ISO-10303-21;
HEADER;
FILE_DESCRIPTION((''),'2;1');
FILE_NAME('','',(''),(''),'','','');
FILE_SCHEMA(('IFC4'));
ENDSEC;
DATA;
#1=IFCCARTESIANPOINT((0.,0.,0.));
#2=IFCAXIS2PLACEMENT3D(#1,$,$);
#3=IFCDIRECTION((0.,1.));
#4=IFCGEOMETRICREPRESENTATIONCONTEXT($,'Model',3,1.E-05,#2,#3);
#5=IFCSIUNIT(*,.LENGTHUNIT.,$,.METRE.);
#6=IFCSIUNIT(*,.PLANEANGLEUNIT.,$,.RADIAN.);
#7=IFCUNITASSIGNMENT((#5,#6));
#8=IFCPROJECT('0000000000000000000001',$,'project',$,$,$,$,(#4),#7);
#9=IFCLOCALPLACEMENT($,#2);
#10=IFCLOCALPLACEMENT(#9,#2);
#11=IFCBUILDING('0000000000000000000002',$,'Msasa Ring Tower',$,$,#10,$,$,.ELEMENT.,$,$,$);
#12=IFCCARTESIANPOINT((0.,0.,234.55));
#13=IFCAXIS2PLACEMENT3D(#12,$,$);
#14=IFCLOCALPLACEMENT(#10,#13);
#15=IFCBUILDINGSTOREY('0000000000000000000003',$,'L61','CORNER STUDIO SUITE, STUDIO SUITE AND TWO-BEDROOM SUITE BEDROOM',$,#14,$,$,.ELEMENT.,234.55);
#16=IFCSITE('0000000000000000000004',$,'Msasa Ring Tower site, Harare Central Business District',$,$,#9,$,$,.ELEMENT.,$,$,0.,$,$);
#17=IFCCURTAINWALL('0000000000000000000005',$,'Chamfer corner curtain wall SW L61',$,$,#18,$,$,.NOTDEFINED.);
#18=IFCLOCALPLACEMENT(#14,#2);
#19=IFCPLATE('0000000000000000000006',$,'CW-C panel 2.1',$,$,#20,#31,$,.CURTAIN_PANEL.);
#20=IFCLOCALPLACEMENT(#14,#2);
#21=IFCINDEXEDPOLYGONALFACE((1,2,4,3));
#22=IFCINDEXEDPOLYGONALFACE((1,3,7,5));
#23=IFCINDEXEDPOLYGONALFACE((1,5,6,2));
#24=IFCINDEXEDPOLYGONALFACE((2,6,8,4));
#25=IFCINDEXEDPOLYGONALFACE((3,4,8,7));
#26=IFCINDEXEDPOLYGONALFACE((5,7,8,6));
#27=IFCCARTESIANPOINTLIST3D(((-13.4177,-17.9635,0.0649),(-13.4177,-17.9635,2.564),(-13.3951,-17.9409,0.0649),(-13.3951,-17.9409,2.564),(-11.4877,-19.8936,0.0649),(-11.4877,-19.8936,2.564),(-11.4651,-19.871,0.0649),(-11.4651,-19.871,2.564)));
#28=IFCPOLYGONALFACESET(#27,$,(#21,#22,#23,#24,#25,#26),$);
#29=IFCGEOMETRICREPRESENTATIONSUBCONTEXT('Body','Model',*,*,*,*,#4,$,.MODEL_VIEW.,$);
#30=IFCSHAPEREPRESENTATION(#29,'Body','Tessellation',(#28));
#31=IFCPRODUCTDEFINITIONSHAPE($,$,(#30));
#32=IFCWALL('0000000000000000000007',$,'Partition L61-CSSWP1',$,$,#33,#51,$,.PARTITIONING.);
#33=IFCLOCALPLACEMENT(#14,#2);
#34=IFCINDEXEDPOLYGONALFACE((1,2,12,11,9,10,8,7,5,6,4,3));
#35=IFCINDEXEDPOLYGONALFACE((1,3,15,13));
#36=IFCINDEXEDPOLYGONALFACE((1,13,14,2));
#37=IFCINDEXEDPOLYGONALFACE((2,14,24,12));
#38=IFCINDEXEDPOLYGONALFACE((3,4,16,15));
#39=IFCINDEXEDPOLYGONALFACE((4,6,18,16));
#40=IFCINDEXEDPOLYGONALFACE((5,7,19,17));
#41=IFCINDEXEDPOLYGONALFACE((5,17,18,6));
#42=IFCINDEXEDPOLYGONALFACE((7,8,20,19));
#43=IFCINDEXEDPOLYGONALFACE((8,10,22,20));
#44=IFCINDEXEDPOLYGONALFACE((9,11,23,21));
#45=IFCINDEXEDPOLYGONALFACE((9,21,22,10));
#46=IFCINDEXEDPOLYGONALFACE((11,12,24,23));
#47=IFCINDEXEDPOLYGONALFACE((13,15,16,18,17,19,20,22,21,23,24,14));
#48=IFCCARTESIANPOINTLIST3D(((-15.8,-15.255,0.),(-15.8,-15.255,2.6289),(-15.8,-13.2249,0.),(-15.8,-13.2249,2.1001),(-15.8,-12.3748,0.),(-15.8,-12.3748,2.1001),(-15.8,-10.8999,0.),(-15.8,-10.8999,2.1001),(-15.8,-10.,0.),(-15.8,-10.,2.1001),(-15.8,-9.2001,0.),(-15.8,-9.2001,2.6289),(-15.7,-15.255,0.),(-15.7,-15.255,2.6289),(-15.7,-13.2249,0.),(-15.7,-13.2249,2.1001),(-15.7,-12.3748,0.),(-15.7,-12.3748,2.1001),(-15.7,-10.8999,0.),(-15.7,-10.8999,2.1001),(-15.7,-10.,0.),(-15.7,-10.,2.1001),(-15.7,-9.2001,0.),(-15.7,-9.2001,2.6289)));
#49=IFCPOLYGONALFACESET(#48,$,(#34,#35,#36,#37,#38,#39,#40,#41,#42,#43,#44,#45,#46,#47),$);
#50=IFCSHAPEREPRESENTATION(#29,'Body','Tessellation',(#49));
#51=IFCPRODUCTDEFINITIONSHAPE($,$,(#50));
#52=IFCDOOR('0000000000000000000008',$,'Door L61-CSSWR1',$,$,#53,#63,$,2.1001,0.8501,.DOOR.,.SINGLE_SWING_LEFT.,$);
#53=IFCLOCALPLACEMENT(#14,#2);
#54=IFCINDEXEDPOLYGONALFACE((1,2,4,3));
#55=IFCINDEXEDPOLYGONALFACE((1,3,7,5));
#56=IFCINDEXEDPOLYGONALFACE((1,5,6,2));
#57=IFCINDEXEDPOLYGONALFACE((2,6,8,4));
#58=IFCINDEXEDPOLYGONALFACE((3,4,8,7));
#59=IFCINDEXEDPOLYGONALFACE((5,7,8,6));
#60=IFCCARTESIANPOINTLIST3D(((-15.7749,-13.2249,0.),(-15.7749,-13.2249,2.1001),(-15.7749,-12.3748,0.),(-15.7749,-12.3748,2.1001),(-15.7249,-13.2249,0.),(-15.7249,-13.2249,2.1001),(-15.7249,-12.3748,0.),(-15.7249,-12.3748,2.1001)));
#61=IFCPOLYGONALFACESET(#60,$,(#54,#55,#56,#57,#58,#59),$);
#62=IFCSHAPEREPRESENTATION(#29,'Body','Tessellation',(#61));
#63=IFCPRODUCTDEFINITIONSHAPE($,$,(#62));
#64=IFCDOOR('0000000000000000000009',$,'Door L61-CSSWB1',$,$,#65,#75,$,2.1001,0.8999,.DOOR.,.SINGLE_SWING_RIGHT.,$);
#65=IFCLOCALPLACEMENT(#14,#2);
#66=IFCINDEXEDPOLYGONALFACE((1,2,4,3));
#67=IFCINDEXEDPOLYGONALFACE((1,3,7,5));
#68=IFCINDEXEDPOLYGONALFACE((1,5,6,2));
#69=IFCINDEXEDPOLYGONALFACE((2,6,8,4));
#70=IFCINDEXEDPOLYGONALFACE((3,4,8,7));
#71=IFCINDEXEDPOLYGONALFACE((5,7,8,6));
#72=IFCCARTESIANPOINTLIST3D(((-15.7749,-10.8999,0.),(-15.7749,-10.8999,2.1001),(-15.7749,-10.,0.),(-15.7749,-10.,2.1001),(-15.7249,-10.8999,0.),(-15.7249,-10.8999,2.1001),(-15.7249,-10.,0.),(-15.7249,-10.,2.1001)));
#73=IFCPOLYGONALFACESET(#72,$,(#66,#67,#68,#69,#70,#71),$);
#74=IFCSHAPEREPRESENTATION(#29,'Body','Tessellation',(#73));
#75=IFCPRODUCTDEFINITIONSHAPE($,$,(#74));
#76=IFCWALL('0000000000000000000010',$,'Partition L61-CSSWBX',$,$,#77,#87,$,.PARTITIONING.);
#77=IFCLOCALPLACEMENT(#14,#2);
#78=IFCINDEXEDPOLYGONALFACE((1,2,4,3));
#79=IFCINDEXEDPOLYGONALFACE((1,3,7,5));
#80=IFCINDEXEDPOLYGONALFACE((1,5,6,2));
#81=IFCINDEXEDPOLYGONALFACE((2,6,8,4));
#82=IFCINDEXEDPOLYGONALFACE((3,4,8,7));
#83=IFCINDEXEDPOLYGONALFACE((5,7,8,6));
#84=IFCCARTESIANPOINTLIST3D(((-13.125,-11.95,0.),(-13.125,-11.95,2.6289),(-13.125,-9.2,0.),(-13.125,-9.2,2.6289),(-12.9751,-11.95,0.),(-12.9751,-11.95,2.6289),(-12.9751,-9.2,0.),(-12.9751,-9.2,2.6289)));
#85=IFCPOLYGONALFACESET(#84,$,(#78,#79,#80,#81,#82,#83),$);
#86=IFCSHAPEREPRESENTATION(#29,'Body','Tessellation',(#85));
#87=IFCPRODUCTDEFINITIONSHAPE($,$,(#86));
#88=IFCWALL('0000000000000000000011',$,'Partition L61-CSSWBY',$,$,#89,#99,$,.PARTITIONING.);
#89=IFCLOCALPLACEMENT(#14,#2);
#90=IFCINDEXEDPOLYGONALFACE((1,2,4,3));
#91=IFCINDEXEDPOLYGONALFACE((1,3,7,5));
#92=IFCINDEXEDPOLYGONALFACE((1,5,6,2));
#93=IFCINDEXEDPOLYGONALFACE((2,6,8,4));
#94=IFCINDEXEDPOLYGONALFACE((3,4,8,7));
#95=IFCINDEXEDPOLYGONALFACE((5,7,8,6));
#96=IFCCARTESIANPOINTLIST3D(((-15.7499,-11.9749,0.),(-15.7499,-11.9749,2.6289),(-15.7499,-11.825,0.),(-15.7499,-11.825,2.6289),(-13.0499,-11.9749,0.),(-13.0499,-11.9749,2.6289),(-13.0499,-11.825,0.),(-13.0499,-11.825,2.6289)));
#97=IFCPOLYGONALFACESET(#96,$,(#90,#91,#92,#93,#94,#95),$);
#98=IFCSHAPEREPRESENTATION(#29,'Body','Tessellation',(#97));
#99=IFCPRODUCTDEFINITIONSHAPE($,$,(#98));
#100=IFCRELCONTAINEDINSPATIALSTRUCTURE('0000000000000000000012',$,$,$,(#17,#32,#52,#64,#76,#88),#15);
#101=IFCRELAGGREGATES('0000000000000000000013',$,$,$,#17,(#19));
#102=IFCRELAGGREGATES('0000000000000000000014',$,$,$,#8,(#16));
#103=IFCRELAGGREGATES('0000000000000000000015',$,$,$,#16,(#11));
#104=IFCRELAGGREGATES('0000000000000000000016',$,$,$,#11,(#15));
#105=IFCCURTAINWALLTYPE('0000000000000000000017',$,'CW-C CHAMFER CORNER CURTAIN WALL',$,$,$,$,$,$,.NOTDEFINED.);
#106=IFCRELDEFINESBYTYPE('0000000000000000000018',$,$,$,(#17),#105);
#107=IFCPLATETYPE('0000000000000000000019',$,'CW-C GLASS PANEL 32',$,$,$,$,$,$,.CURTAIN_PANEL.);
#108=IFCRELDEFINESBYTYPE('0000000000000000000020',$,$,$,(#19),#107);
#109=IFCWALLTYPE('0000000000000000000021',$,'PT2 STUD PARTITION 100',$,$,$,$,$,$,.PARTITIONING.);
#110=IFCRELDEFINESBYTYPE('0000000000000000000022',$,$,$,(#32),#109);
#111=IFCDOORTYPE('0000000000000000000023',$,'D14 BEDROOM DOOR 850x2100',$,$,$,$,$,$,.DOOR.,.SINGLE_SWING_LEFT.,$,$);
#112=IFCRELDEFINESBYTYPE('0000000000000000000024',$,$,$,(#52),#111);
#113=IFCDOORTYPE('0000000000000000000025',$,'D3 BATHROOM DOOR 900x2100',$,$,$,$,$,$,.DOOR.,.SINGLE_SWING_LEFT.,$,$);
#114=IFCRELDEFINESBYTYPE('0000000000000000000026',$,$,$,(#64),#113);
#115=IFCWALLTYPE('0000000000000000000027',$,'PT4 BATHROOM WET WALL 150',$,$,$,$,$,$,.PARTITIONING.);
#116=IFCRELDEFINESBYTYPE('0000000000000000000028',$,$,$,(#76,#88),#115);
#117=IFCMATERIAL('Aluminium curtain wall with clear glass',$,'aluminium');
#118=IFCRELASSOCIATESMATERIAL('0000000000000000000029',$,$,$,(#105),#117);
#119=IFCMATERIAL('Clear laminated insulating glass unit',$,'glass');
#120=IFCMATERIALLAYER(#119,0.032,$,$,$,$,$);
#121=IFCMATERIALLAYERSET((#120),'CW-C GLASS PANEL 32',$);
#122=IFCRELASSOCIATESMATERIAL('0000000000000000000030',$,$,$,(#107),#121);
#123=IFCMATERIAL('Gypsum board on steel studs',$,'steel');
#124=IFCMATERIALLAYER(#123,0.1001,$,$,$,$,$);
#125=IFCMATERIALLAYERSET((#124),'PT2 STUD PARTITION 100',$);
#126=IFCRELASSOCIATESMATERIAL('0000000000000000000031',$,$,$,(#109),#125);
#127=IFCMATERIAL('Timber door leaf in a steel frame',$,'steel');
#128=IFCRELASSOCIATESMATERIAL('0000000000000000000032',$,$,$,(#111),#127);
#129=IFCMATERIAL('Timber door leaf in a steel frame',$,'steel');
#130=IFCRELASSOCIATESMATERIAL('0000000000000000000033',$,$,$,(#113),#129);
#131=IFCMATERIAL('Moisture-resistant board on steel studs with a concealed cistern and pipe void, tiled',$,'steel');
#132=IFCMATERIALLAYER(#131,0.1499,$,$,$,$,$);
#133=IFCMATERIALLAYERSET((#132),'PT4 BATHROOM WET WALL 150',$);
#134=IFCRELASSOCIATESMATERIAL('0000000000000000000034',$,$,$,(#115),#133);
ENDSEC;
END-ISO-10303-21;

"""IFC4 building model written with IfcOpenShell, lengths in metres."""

from ifc_helpers import new_model, si_unit, direction, frame, frame_2d, origin, origin_2d, place, context, subcontext, project, spatial, rectangle, extrude, material, layer, layer_set, type_object, element, fill, aggregate, save


model = new_model("IFC4")

# Units and contexts
model_context = context("Model", 3, precision=1e-05, world=origin(), true_north=direction((0.0, 1.0)))
body_context = subcontext(model_context, "Body", "Model", "MODEL_VIEW")
ifc_project = project(units=[si_unit("LENGTHUNIT", "METRE"), si_unit("PLANEANGLEUNIT", "RADIAN")], contexts=[model_context])

# Site, building, storey
site_placement = place(None, origin())
site = spatial("IfcSite", under=ifc_project, at=site_placement, Name="Msasa Ring Tower site, Harare Central Business District", CompositionType="ELEMENT", RefElevation=0.0)
building_placement = place(site_placement, origin())
building = spatial("IfcBuilding", under=site, at=building_placement, Name="Msasa Ring Tower", CompositionType="ELEMENT")
storey_placement = place(building_placement, frame((0.0, 0.0, 234.55)))
storey = spatial("IfcBuildingStorey", under=building, at=storey_placement, Name="L61", Description="CORNER STUDIO SUITE, STUDIO SUITE AND TWO-BEDROOM SUITE BEDROOM", CompositionType="ELEMENT", Elevation=234.55)

# Curtain wall
ifc_material_1 = material(Name="Aluminium curtain wall with clear glass", Category="aluminium")
curtain_wall_type = type_object("IfcCurtainWallType", Name="CW-C CHAMFER CORNER CURTAIN WALL", PredefinedType="NOTDEFINED", material=ifc_material_1)
curtain_wall_1_placement = place(storey_placement, origin())
curtain_wall_1 = element("IfcCurtainWall", 1, at=curtain_wall_1_placement, inside=storey, type_object=curtain_wall_type, Name="Chamfer corner curtain wall SW L61", PredefinedType="NOTDEFINED")

# Plate
ifc_material_2 = material(Name="Clear laminated insulating glass unit", Category="glass")
ifc_layer_1 = layer(ifc_material_2, 0.032)
ifc_layer_set_1 = layer_set([ifc_layer_1], Name="CW-C GLASS PANEL 32")
plate_type = type_object("IfcPlateType", Name="CW-C GLASS PANEL 32", PredefinedType="CURTAIN_PANEL", material=ifc_layer_set_1)
plate_1_placement = place(storey_placement, frame((-12.4414, -18.9172, 0.0649), z_axis=(0.0, 0.0, 1.0), x_axis=(0.707107, -0.707107, 0.0)))
plate_1 = element("IfcPlate", 2, at=plate_1_placement, type_object=plate_type, Name="CW-C panel 2.1", PredefinedType="CURTAIN_PANEL", context=body_context, shape_type="SweptSolid", body=[
    extrude(rectangle(XDim=2.7295, YDim=0.032, at=origin_2d()), origin(), (0.0, 0.0, 1.0), 2.499),
])
aggregate(curtain_wall_1, [plate_1])

# Wall, openings, doors
ifc_material_3 = material(Name="Gypsum board on steel studs", Category="steel")
ifc_layer_2 = layer(ifc_material_3, 0.1001)
ifc_layer_set_2 = layer_set([ifc_layer_2], Name="PT2 STUD PARTITION 100")
wall_type_1 = type_object("IfcWallType", Name="PT2 STUD PARTITION 100", PredefinedType="PARTITIONING", material=ifc_layer_set_2)
wall_1_placement = place(storey_placement, frame((-15.75, -15.2549, 0.0), z_axis=(0.0, 0.0, 1.0), x_axis=(0.0, 1.0, 0.0)))
wall_1 = element("IfcWall", 3, at=wall_1_placement, inside=storey, type_object=wall_type_1, Name="Partition L61-CSSWP1", PredefinedType="PARTITIONING", context=body_context, shape_type="SweptSolid", body=[
    extrude(rectangle(XDim=6.0549, YDim=0.1001, at=frame_2d((3.0273, 0.0))), origin(), (0.0, 0.0, 1.0), 2.6289),
])
opening_1_placement = place(wall_1_placement, frame((2.03, 0.0, 0.0)))
opening_1 = element("IfcOpeningElement", 4, at=opening_1_placement, cuts=wall_1, PredefinedType="OPENING", context=body_context, shape_type="SweptSolid", body=[
    extrude(rectangle(XDim=0.8501, YDim=2.1001, at=frame_2d((0.425, 1.05))), frame((0.0, 0.0601, 0.0), z_axis=(0.0, -1.0, 0.0), x_axis=(1.0, 0.0, 0.0)), (0.0, 0.0, 1.0), 0.1201),
])
opening_2_placement = place(wall_1_placement, frame((4.355, 0.0, 0.0)))
opening_2 = element("IfcOpeningElement", 5, at=opening_2_placement, cuts=wall_1, PredefinedType="OPENING", context=body_context, shape_type="SweptSolid", body=[
    extrude(rectangle(XDim=0.8999, YDim=2.1001, at=frame_2d((0.45, 1.05))), frame((0.0, 0.0601, 0.0), z_axis=(0.0, -1.0, 0.0), x_axis=(1.0, 0.0, 0.0)), (0.0, 0.0, 1.0), 0.1201),
])
ifc_material_4 = material(Name="Timber door leaf in a steel frame", Category="steel")
door_type_1 = type_object("IfcDoorType", Name="D14 BEDROOM DOOR 850x2100", OperationType="SINGLE_SWING_LEFT", PredefinedType="DOOR", material=ifc_material_4)
door_1_placement = place(opening_1_placement, origin())
door_1 = element("IfcDoor", 6, at=door_1_placement, inside=storey, type_object=door_type_1, Name="Door L61-CSSWR1", OperationType="SINGLE_SWING_LEFT", OverallHeight=2.1001, OverallWidth=0.8501, PredefinedType="DOOR", context=body_context, shape_type="SweptSolid", body=[
    extrude(rectangle(XDim=0.8501, YDim=2.1001, at=frame_2d((0.425, 1.05))), frame((0.0, 0.0249, 0.0), z_axis=(0.0, -1.0, 0.0), x_axis=(1.0, 0.0, 0.0)), (0.0, 0.0, 1.0), 0.05),
])
fill(opening_1, door_1)
ifc_material_5 = material(Name="Timber door leaf in a steel frame", Category="steel")
door_type_2 = type_object("IfcDoorType", Name="D3 BATHROOM DOOR 900x2100", OperationType="SINGLE_SWING_LEFT", PredefinedType="DOOR", material=ifc_material_5)
door_2_placement = place(opening_2_placement, origin())
door_2 = element("IfcDoor", 7, at=door_2_placement, inside=storey, type_object=door_type_2, Name="Door L61-CSSWB1", OperationType="SINGLE_SWING_RIGHT", OverallHeight=2.1001, OverallWidth=0.8999, PredefinedType="DOOR", context=body_context, shape_type="SweptSolid", body=[
    extrude(rectangle(XDim=0.8999, YDim=2.1001, at=frame_2d((0.45, 1.05))), frame((0.0, 0.0249, 0.0), z_axis=(0.0, -1.0, 0.0), x_axis=(1.0, 0.0, 0.0)), (0.0, 0.0, 1.0), 0.05),
])
fill(opening_2, door_2)

# Walls
ifc_material_6 = material(Name="Moisture-resistant board on steel studs with a concealed cistern and pipe void, tiled", Category="steel")
ifc_layer_3 = layer(ifc_material_6, 0.1499)
ifc_layer_set_3 = layer_set([ifc_layer_3], Name="PT4 BATHROOM WET WALL 150")
wall_type_2 = type_object("IfcWallType", Name="PT4 BATHROOM WET WALL 150", PredefinedType="PARTITIONING", material=ifc_layer_set_3)
wall_2_placement = place(storey_placement, frame((-13.05, -11.95, 0.0), z_axis=(0.0, 0.0, 1.0), x_axis=(0.0, 1.0, 0.0)))
element("IfcWall", 8, at=wall_2_placement, inside=storey, type_object=wall_type_2, Name="Partition L61-CSSWBX", PredefinedType="PARTITIONING", context=body_context, shape_type="SweptSolid", body=[
    extrude(rectangle(XDim=2.75, YDim=0.1499, at=frame_2d((1.375, 0.0))), origin(), (0.0, 0.0, 1.0), 2.6289),
])
wall_3_placement = place(storey_placement, frame((-15.75, -11.8999, 0.0), z_axis=(0.0, 0.0, 1.0), x_axis=(1.0, 0.0, 0.0)))
element("IfcWall", 9, at=wall_3_placement, inside=storey, type_object=wall_type_2, Name="Partition L61-CSSWBY", PredefinedType="PARTITIONING", context=body_context, shape_type="SweptSolid", body=[
    extrude(rectangle(XDim=2.7, YDim=0.1499, at=frame_2d((1.3501, 0.0))), origin(), (0.0, 0.0, 1.0), 2.6289),
])

save(model, "model.ifc")
